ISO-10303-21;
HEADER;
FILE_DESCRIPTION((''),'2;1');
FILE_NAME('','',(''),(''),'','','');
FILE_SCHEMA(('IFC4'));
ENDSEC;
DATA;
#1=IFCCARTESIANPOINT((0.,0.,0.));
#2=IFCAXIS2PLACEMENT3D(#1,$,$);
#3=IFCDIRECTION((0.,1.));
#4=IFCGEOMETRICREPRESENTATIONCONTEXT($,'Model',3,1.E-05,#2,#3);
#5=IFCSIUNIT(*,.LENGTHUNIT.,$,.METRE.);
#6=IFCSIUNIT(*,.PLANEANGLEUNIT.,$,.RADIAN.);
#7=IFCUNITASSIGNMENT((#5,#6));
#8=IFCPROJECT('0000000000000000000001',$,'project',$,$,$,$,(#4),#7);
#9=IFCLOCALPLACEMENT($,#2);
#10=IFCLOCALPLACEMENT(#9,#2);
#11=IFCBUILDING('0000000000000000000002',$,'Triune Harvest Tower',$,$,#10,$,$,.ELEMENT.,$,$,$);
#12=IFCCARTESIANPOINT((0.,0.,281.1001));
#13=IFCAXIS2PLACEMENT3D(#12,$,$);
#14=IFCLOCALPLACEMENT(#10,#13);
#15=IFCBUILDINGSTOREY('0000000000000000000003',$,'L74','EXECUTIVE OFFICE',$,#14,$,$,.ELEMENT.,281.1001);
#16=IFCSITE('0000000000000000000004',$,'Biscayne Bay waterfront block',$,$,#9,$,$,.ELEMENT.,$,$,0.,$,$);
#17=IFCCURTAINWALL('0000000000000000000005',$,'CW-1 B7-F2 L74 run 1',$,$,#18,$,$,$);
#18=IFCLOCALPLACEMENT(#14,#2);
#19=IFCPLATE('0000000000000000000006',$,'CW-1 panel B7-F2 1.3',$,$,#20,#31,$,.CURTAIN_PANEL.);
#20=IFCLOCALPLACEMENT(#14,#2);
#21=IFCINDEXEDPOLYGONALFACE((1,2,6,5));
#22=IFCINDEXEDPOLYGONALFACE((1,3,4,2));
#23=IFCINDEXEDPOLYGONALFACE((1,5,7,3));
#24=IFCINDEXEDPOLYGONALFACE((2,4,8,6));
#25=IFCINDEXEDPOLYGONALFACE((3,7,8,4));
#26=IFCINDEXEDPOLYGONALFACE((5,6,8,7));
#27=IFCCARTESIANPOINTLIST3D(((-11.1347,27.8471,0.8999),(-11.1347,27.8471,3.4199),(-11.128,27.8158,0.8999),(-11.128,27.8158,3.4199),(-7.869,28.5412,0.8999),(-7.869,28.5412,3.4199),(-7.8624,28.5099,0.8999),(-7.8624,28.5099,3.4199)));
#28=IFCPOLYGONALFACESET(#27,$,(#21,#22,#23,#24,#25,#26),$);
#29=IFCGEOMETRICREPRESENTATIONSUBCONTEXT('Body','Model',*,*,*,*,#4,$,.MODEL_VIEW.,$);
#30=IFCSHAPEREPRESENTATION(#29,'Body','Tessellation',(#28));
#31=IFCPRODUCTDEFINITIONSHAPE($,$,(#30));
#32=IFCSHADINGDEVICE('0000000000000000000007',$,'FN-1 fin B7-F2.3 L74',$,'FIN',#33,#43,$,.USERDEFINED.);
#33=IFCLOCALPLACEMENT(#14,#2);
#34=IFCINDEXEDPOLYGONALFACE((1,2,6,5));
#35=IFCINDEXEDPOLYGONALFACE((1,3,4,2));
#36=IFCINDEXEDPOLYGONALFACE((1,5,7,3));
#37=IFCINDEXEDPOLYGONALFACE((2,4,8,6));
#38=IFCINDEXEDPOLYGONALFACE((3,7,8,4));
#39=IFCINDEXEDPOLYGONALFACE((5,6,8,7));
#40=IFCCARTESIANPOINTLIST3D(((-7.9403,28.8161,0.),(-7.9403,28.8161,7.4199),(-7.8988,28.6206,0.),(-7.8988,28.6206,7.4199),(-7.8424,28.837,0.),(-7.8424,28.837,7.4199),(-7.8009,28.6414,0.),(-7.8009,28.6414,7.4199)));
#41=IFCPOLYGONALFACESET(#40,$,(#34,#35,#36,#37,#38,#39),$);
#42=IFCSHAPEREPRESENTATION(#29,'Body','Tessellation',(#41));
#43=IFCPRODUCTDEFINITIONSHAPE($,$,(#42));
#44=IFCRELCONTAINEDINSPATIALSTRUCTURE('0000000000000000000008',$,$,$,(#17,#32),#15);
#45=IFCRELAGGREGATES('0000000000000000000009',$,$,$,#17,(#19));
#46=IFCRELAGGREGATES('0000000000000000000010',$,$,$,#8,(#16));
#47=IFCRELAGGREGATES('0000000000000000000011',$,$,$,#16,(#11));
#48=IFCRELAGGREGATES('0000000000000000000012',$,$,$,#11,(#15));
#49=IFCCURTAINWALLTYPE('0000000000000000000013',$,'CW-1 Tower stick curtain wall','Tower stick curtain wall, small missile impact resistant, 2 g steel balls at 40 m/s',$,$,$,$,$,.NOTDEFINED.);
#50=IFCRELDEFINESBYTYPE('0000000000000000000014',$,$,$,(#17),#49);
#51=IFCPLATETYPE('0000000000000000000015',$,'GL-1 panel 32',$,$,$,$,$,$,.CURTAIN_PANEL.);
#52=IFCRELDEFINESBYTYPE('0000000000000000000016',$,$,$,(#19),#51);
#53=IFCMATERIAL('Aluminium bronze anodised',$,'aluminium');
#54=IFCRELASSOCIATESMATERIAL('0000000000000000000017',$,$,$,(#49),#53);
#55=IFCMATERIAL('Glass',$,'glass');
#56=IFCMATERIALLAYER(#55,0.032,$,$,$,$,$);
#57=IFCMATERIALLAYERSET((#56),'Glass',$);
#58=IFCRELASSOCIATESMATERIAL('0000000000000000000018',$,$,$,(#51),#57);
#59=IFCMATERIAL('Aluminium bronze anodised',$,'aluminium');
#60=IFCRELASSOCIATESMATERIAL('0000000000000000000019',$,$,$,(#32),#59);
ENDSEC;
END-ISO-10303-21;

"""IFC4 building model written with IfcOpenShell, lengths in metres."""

from ifc_helpers import new_model, si_unit, direction, frame, origin, origin_2d, place, context, subcontext, project, spatial, rectangle, extrude, source, transform, mapped, material, layer, layer_set, type_object, element, aggregate, save


model = new_model("IFC4")

# Units and contexts
model_context = context("Model", 3, precision=1e-05, world=origin(), true_north=direction((0.0, 1.0)))
body_context = subcontext(model_context, "Body", "Model", "MODEL_VIEW")
ifc_project = project(units=[si_unit("LENGTHUNIT", "METRE"), si_unit("PLANEANGLEUNIT", "RADIAN")], contexts=[model_context])

# Site, building, storey
site_placement = place(None, origin())
site = spatial("IfcSite", under=ifc_project, at=site_placement, Name="Biscayne Bay waterfront block", CompositionType="ELEMENT", RefElevation=0.0)
building_placement = place(site_placement, origin())
building = spatial("IfcBuilding", under=site, at=building_placement, Name="Triune Harvest Tower", CompositionType="ELEMENT")
storey_placement = place(building_placement, frame((0.0, 0.0, 281.1001)))
storey = spatial("IfcBuildingStorey", under=building, at=storey_placement, Name="L74", Description="EXECUTIVE OFFICE", CompositionType="ELEMENT", Elevation=281.1001)

# Curtain wall
ifc_material_1 = material(Name="Aluminium bronze anodised", Category="aluminium")
curtain_wall_type = type_object("IfcCurtainWallType", Name="CW-1 Tower stick curtain wall", Description="Tower stick curtain wall, small missile impact resistant, 2 g steel balls at 40 m/s", PredefinedType="NOTDEFINED", material=ifc_material_1)
curtain_wall_1_placement = place(storey_placement, origin())
curtain_wall_1 = element("IfcCurtainWall", 1, at=curtain_wall_1_placement, inside=storey, type_object=curtain_wall_type, Name="CW-1 B7-F2 L74 run 1")

# Plate
ifc_material_2 = material(Name="Glass", Category="glass")
ifc_layer = layer(ifc_material_2, 0.032)
ifc_layer_set = layer_set([ifc_layer], Name="Glass")
plate_type = type_object("IfcPlateType", Name="GL-1 panel 32", PredefinedType="CURTAIN_PANEL", material=ifc_layer_set)
shared_shape_1 = source(origin(), body_context, "Body", "SweptSolid", [
    extrude(rectangle(XDim=3.3386, YDim=0.032, at=origin_2d()), origin(), (0.0, 0.0, 1.0), 2.52),
])
plate_1_placement = place(storey_placement, frame((-9.4985, 28.1785, 0.8999), z_axis=(0.0, 0.0, 1.0), x_axis=(-0.978149, -0.207905, 0.0)))
plate_1 = element("IfcPlate", 2, at=plate_1_placement, type_object=plate_type, Name="CW-1 panel B7-F2 1.3", PredefinedType="CURTAIN_PANEL", context=body_context, shape_type="MappedRepresentation", body=[
    mapped(shared_shape_1, transform((0.0, 0.0, 0.0), scale=1.0)),
])
aggregate(curtain_wall_1, [plate_1])

# Shading device
ifc_material_3 = material(Name="Aluminium bronze anodised", Category="aluminium")
shared_shape_2 = source(origin(), body_context, "Body", "SweptSolid", [
    extrude(rectangle(XDim=0.1001, YDim=0.2, at=origin_2d()), origin(), (0.0, 0.0, 1.0), 7.4199),
])
shading_device_placement = place(storey_placement, frame((-7.8706, 28.7288, 0.0), z_axis=(0.0, 0.0, 1.0), x_axis=(-0.978149, -0.207905, 0.0)))
element("IfcShadingDevice", 3, at=shading_device_placement, inside=storey, material=ifc_material_3, Name="FN-1 fin B7-F2.3 L74", ObjectType="FIN", PredefinedType="USERDEFINED", context=body_context, shape_type="MappedRepresentation", body=[
    mapped(shared_shape_2, transform((0.0, 0.0, 0.0), scale=1.0)),
])

save(model, "model.ifc")
